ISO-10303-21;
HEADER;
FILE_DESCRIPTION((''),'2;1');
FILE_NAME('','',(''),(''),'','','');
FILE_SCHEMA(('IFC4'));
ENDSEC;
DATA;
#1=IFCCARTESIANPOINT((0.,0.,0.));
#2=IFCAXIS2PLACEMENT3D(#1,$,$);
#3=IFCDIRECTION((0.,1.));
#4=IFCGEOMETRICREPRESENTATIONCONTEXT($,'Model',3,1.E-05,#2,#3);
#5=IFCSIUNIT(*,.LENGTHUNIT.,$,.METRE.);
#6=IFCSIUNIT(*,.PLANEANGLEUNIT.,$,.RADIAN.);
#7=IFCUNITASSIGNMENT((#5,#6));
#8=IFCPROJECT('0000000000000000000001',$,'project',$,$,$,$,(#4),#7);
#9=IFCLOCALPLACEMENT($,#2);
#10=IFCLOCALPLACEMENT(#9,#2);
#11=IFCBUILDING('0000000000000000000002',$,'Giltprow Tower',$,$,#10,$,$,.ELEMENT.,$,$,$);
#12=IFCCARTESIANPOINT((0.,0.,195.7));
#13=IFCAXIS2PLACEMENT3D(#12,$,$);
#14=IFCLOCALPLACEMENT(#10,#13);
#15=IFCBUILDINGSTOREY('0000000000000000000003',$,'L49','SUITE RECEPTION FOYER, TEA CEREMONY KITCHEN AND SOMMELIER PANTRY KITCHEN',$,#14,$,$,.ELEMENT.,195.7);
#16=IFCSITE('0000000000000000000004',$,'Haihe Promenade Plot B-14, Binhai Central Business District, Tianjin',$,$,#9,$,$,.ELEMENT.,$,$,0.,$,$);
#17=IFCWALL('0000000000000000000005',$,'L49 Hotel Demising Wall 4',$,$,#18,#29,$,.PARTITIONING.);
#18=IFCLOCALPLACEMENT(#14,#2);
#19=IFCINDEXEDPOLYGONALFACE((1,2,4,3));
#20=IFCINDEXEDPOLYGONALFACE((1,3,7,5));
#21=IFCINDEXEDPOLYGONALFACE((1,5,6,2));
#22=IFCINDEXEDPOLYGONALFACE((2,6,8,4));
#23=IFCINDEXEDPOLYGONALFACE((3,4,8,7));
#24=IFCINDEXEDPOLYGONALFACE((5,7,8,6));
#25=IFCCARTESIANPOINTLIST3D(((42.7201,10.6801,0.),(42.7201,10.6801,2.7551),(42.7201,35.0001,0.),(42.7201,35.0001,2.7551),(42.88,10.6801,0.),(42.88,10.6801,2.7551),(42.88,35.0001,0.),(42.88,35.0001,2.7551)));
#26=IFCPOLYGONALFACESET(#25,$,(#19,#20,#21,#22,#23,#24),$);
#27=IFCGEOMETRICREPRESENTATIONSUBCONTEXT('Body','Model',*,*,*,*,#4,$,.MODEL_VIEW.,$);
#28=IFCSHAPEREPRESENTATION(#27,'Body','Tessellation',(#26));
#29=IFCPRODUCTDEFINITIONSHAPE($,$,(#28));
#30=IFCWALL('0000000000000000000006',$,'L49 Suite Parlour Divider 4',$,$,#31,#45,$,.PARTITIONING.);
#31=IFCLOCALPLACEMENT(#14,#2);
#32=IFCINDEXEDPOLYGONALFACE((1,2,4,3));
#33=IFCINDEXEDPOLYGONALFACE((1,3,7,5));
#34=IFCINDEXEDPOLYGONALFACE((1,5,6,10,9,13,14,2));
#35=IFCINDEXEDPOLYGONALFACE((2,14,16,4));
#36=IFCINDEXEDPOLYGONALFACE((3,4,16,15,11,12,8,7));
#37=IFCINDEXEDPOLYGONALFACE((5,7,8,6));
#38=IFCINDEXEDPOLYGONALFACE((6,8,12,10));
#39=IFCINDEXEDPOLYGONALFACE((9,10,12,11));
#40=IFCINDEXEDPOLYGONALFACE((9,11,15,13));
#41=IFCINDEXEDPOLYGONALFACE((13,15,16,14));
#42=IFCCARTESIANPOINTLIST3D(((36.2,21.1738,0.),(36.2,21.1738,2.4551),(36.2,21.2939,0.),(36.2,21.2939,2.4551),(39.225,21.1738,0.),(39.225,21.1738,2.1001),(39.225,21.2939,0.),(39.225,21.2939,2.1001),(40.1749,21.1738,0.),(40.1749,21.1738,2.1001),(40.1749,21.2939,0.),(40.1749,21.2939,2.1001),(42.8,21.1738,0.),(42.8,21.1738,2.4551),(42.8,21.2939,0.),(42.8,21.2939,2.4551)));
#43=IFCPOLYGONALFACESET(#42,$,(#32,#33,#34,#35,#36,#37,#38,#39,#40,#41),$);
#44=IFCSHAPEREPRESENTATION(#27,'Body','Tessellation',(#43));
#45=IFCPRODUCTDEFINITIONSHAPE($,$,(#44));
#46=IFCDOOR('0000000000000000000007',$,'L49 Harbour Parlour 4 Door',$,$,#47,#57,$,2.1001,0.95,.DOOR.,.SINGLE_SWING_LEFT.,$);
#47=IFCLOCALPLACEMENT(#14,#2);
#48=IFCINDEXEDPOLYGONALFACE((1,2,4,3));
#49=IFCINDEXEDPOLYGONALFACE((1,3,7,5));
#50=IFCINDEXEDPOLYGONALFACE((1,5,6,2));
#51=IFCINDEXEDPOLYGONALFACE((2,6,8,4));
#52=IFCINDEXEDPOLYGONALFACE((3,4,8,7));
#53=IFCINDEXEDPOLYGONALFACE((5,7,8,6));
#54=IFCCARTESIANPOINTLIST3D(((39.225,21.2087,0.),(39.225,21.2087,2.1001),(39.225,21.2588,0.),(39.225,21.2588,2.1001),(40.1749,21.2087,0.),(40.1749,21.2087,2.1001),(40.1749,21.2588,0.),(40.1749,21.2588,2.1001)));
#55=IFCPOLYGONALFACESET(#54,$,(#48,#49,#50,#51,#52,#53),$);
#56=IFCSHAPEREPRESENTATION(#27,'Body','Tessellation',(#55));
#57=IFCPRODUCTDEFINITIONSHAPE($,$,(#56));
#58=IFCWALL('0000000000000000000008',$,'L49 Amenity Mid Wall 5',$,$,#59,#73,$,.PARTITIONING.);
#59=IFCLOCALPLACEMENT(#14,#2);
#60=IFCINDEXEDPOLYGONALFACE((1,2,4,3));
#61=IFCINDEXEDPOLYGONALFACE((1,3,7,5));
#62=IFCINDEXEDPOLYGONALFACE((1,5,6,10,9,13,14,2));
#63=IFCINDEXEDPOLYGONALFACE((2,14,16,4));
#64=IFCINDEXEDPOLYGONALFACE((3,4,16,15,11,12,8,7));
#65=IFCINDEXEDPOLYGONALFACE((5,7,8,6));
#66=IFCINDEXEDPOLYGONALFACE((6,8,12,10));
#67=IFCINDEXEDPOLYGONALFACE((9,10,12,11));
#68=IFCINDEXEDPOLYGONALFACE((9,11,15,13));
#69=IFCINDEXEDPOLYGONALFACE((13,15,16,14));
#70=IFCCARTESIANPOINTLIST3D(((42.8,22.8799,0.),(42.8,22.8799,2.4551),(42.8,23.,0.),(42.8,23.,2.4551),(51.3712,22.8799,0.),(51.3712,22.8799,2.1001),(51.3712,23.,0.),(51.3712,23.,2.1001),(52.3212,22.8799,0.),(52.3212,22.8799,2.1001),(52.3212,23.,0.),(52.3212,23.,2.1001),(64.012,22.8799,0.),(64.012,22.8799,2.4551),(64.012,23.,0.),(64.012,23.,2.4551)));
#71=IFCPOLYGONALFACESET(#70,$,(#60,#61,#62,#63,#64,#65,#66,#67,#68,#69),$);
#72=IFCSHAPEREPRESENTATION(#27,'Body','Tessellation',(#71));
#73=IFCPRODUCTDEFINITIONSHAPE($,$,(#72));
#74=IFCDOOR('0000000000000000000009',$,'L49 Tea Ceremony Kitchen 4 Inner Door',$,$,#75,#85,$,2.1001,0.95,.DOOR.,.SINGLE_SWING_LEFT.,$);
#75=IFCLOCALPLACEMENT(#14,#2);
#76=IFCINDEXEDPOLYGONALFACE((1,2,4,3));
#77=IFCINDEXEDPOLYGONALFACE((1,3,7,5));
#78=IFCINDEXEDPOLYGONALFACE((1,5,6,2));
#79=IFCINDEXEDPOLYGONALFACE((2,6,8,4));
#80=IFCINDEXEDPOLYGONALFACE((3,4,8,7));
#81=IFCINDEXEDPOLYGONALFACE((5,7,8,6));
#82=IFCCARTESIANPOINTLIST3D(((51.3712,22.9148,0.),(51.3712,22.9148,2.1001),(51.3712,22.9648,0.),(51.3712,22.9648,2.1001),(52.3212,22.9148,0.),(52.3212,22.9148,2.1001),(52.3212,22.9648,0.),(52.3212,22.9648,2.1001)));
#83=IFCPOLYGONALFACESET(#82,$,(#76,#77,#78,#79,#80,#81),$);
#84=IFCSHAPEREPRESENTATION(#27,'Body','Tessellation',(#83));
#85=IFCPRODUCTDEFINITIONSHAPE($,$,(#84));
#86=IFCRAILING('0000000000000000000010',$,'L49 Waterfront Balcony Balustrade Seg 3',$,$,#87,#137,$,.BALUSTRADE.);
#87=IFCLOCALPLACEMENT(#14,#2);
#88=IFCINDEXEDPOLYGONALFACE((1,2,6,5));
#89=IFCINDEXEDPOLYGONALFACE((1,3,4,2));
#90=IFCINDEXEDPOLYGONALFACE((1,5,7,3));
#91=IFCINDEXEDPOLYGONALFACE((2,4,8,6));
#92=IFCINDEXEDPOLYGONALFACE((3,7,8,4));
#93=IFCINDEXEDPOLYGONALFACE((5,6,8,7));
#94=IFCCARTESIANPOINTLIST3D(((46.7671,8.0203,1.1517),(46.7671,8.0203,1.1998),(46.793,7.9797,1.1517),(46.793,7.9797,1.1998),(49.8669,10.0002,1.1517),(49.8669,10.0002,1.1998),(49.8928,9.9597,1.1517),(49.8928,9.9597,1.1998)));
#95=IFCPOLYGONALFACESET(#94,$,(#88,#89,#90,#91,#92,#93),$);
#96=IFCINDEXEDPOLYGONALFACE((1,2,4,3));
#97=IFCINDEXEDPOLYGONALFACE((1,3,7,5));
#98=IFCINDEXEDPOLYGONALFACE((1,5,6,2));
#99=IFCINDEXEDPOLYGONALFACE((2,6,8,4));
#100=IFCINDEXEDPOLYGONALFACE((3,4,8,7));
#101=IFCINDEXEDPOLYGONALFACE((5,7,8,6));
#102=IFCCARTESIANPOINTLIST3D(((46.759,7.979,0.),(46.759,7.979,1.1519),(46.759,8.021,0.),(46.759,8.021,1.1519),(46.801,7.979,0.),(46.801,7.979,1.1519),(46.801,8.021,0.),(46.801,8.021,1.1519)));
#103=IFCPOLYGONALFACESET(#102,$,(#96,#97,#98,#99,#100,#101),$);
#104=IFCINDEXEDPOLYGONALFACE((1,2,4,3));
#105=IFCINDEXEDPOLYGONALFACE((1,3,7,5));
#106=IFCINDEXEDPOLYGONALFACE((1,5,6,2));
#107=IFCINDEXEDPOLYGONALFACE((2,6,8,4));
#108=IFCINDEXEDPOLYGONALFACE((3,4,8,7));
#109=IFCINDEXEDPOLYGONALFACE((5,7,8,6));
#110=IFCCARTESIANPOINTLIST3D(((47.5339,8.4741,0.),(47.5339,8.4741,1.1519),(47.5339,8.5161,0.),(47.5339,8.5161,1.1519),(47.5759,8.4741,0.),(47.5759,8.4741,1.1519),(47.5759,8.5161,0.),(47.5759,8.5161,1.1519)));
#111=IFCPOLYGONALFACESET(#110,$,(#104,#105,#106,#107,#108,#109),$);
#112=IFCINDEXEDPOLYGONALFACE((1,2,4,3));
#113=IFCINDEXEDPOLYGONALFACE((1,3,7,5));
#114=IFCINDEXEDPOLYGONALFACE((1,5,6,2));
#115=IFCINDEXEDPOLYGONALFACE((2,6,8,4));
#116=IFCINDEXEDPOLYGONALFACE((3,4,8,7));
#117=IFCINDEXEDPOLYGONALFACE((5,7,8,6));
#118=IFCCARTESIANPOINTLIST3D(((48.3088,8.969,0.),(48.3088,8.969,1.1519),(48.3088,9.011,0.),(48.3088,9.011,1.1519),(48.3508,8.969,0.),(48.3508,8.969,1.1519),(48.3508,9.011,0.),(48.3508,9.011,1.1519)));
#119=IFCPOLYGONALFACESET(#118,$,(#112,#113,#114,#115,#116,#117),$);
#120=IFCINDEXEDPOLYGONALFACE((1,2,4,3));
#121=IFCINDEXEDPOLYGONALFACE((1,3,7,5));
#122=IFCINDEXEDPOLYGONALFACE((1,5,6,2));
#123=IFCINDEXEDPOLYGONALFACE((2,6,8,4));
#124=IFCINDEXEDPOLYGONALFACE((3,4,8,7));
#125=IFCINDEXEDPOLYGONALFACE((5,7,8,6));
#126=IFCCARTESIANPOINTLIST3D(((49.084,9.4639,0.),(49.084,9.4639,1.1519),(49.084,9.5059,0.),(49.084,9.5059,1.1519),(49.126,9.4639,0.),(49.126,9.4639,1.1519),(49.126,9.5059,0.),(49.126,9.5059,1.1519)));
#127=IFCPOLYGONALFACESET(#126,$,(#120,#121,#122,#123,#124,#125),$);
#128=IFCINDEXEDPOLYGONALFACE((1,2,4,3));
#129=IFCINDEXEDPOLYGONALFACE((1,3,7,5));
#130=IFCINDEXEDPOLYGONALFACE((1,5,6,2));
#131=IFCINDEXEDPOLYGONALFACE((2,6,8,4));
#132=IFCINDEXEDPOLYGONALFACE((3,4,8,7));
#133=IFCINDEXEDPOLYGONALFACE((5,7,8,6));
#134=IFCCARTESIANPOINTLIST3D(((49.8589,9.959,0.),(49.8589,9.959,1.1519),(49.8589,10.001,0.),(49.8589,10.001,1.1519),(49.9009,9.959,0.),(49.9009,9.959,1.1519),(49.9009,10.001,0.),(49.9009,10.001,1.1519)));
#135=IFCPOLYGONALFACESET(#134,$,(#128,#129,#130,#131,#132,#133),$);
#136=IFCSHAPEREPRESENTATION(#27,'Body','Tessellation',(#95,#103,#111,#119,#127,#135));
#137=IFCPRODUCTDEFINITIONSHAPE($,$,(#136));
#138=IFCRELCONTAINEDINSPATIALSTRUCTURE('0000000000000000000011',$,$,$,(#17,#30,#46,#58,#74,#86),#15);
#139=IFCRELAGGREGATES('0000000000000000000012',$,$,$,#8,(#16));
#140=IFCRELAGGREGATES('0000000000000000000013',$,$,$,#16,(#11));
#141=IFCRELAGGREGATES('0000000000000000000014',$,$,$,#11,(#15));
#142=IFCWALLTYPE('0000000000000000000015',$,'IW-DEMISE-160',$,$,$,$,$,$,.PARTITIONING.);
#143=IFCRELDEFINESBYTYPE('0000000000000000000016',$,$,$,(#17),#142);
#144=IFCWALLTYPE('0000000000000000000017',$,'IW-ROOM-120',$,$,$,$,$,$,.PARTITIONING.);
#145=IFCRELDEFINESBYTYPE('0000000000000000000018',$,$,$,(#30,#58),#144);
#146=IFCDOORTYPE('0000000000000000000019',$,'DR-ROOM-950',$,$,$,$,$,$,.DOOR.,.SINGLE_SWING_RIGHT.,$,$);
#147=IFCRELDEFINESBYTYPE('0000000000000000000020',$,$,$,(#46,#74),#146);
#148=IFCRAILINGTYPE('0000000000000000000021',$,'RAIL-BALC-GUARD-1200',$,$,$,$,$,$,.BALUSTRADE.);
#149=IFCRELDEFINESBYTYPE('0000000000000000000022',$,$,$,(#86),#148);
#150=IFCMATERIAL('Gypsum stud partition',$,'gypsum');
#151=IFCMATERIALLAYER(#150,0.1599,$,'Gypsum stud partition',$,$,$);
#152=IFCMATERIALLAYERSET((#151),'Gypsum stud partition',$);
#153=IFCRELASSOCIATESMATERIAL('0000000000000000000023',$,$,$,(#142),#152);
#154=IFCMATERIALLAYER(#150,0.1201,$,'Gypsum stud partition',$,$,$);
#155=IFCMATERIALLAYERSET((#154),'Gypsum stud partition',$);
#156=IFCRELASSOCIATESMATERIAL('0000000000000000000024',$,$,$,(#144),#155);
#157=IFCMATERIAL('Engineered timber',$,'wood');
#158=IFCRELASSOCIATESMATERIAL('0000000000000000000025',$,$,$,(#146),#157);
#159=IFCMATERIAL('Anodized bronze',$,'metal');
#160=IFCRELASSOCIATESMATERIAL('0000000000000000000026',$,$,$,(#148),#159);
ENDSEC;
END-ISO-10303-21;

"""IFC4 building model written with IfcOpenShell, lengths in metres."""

from ifc_helpers import new_model, si_unit, direction, frame, frame_2d, origin, origin_2d, place, context, subcontext, project, spatial, rectangle, extrude, source, transform, mapped, material, layer, layer_set, type_object, element, fill, save


model = new_model("IFC4")

# Units and contexts
model_context = context("Model", 3, precision=1e-05, world=origin(), true_north=direction((0.0, 1.0)))
body_context = subcontext(model_context, "Body", "Model", "MODEL_VIEW")
ifc_project = project(units=[si_unit("LENGTHUNIT", "METRE"), si_unit("PLANEANGLEUNIT", "RADIAN")], contexts=[model_context])

# Site, building, storey
site_placement = place(None, origin())
site = spatial("IfcSite", under=ifc_project, at=site_placement, Name="Haihe Promenade Plot B-14, Binhai Central Business District, Tianjin", CompositionType="ELEMENT", RefElevation=0.0)
building_placement = place(site_placement, origin())
building = spatial("IfcBuilding", under=site, at=building_placement, Name="Giltprow Tower", CompositionType="ELEMENT")
storey_placement = place(building_placement, frame((0.0, 0.0, 195.7)))
storey = spatial("IfcBuildingStorey", under=building, at=storey_placement, Name="L49", Description="SUITE RECEPTION FOYER, TEA CEREMONY KITCHEN AND SOMMELIER PANTRY KITCHEN", CompositionType="ELEMENT", Elevation=195.7)

# Shared definitions
ifc_material_1 = material(Name="Anodized bronze", Category="metal")

# Wall
ifc_material_2 = material(Name="Gypsum stud partition", Category="gypsum")
ifc_layer_1 = layer(ifc_material_2, 0.1599, Name="Gypsum stud partition")
ifc_layer_set_1 = layer_set([ifc_layer_1], Name="Gypsum stud partition")
wall_type_1 = type_object("IfcWallType", Name="IW-DEMISE-160", PredefinedType="PARTITIONING", material=ifc_layer_set_1)
for number, where, z_axis, x_axis, name in (
    (1, (42.8, 10.6799, 0.0), (0.0, 0.0, 1.0), (0.0, 1.0, 0.0), "L49 Hotel Demising Wall 4"),
):
    element("IfcWall", number, at=place(storey_placement, frame(where, z_axis=z_axis, x_axis=x_axis)), inside=storey, type_object=wall_type_1, Name=name, PredefinedType="PARTITIONING", context=body_context, shape_type="SweptSolid", body=[
        extrude(rectangle(XDim=24.3201, YDim=0.1599, at=frame_2d((12.1602, 0.0))), origin(), (0.0, 0.0, 1.0), 2.7551),
    ])

# Walls, openings, doors
ifc_layer_2 = layer(ifc_material_2, 0.1201, Name="Gypsum stud partition")
ifc_layer_set_2 = layer_set([ifc_layer_2], Name="Gypsum stud partition")
wall_type_2 = type_object("IfcWallType", Name="IW-ROOM-120", PredefinedType="PARTITIONING", material=ifc_layer_set_2)
wall_1_placement = place(storey_placement, frame((36.2, 21.2339, 0.0), z_axis=(0.0, 0.0, 1.0), x_axis=(1.0, 0.0, 0.0)))
wall_1 = element("IfcWall", 2, at=wall_1_placement, inside=storey, type_object=wall_type_2, Name="L49 Suite Parlour Divider 4", PredefinedType="PARTITIONING", context=body_context, shape_type="SweptSolid", body=[
    extrude(rectangle(XDim=6.6001, YDim=0.1201, at=frame_2d((3.3, 0.0))), origin(), (0.0, 0.0, 1.0), 2.4551),
])
opening_1_placement = place(wall_1_placement, frame((3.0249, 0.0, 0.0)))
opening_1 = element("IfcOpeningElement", 3, at=opening_1_placement, cuts=wall_1, PredefinedType="OPENING", context=body_context, shape_type="SweptSolid", body=[
    extrude(rectangle(XDim=0.95, YDim=2.1001, at=frame_2d((0.4751, 1.05))), frame((0.0, 0.0701, 0.0), z_axis=(0.0, -1.0, 0.0), x_axis=(1.0, 0.0, 0.0)), (0.0, 0.0, 1.0), 0.1401),
])
ifc_material_3 = material(Name="Engineered timber", Category="wood")
door_type_1 = type_object("IfcDoorType", Name="DR-ROOM-950", OperationType="SINGLE_SWING_RIGHT", PredefinedType="DOOR", material=ifc_material_3)
shared_shape_1 = source(origin(), body_context, "Body", "SweptSolid", [
    extrude(rectangle(XDim=0.95, YDim=2.1001, at=frame_2d((0.4751, 1.05))), frame((0.0, 0.0249, 0.0), z_axis=(0.0, -1.0, 0.0), x_axis=(1.0, 0.0, 0.0)), (0.0, 0.0, 1.0), 0.05),
])
door_1_placement = place(opening_1_placement, origin())
door_1 = element("IfcDoor", 4, at=door_1_placement, inside=storey, type_object=door_type_1, Name="L49 Harbour Parlour 4 Door", OperationType="SINGLE_SWING_LEFT", OverallHeight=2.1001, OverallWidth=0.95, PredefinedType="DOOR", context=body_context, shape_type="MappedRepresentation", body=[
    mapped(shared_shape_1, transform((0.0, 0.0, 0.0), x_axis=(1.0, 0.0, 0.0), y_axis=(0.0, 1.0, 0.0), z_axis=(0.0, 0.0, 1.0), scale=1.0)),
])
fill(opening_1, door_1)
wall_2_placement = place(storey_placement, frame((42.8, 22.9399, 0.0), z_axis=(0.0, 0.0, 1.0), x_axis=(1.0, 0.0, 0.0)))
wall_2 = element("IfcWall", 5, at=wall_2_placement, inside=storey, type_object=wall_type_2, Name="L49 Amenity Mid Wall 5", PredefinedType="PARTITIONING", context=body_context, shape_type="SweptSolid", body=[
    extrude(rectangle(XDim=21.2119, YDim=0.1201, at=frame_2d((10.606, 0.0))), origin(), (0.0, 0.0, 1.0), 2.4551),
])
opening_2_placement = place(wall_2_placement, frame((8.571, 0.0, 0.0)))
opening_2 = element("IfcOpeningElement", 6, at=opening_2_placement, cuts=wall_2, PredefinedType="OPENING", context=body_context, shape_type="SweptSolid", body=[
    extrude(rectangle(XDim=0.95, YDim=2.1001, at=frame_2d((0.4751, 1.05))), frame((0.0, 0.0701, 0.0), z_axis=(0.0, -1.0, 0.0), x_axis=(1.0, 0.0, 0.0)), (0.0, 0.0, 1.0), 0.1401),
])
door_2_placement = place(opening_2_placement, origin())
door_2 = element("IfcDoor", 7, at=door_2_placement, inside=storey, type_object=door_type_1, Name="L49 Tea Ceremony Kitchen 4 Inner Door", OperationType="SINGLE_SWING_LEFT", OverallHeight=2.1001, OverallWidth=0.95, PredefinedType="DOOR", context=body_context, shape_type="MappedRepresentation", body=[
    mapped(shared_shape_1, transform((0.0, 0.0, 0.0), x_axis=(1.0, 0.0, 0.0), y_axis=(0.0, 1.0, 0.0), z_axis=(0.0, 0.0, 1.0), scale=1.0)),
])
fill(opening_2, door_2)

# Railing
railing_type = type_object("IfcRailingType", Name="RAIL-BALC-GUARD-1200", PredefinedType="BALUSTRADE", material=ifc_material_1)
railing_1_placement = place(storey_placement, frame((46.78, 8.0, 0.0)))
element("IfcRailing", 8, at=railing_1_placement, inside=storey, type_object=railing_type, Name="L49 Waterfront Balcony Balustrade Seg 3", PredefinedType="BALUSTRADE", context=body_context, shape_type="SweptSolid", body=[
    extrude(rectangle(XDim=0.0481, YDim=0.0481, at=origin_2d()), frame((0.0, 0.0, 1.1758), z_axis=(0.842756, 0.538296, 0.0), x_axis=(-0.538296, 0.842756, 0.0)), (0.0, 0.0, 1.0), 3.6782),
    extrude(rectangle(XDim=0.042, YDim=0.042, at=origin_2d()), origin(), (0.0, 0.0, 1.0), 1.1519),
    extrude(rectangle(XDim=0.042, YDim=0.042, at=origin_2d()), frame((0.7749, 0.4951, 0.0)), (0.0, 0.0, 1.0), 1.1519),
    extrude(rectangle(XDim=0.042, YDim=0.042, at=origin_2d()), frame((1.5498, 0.99, 0.0)), (0.0, 0.0, 1.0), 1.1519),
    extrude(rectangle(XDim=0.042, YDim=0.042, at=origin_2d()), frame((2.325, 1.4849, 0.0)), (0.0, 0.0, 1.0), 1.1519),
    extrude(rectangle(XDim=0.042, YDim=0.042, at=origin_2d()), frame((3.0999, 1.98, 0.0)), (0.0, 0.0, 1.0), 1.1519),
])

save(model, "model.ifc")
